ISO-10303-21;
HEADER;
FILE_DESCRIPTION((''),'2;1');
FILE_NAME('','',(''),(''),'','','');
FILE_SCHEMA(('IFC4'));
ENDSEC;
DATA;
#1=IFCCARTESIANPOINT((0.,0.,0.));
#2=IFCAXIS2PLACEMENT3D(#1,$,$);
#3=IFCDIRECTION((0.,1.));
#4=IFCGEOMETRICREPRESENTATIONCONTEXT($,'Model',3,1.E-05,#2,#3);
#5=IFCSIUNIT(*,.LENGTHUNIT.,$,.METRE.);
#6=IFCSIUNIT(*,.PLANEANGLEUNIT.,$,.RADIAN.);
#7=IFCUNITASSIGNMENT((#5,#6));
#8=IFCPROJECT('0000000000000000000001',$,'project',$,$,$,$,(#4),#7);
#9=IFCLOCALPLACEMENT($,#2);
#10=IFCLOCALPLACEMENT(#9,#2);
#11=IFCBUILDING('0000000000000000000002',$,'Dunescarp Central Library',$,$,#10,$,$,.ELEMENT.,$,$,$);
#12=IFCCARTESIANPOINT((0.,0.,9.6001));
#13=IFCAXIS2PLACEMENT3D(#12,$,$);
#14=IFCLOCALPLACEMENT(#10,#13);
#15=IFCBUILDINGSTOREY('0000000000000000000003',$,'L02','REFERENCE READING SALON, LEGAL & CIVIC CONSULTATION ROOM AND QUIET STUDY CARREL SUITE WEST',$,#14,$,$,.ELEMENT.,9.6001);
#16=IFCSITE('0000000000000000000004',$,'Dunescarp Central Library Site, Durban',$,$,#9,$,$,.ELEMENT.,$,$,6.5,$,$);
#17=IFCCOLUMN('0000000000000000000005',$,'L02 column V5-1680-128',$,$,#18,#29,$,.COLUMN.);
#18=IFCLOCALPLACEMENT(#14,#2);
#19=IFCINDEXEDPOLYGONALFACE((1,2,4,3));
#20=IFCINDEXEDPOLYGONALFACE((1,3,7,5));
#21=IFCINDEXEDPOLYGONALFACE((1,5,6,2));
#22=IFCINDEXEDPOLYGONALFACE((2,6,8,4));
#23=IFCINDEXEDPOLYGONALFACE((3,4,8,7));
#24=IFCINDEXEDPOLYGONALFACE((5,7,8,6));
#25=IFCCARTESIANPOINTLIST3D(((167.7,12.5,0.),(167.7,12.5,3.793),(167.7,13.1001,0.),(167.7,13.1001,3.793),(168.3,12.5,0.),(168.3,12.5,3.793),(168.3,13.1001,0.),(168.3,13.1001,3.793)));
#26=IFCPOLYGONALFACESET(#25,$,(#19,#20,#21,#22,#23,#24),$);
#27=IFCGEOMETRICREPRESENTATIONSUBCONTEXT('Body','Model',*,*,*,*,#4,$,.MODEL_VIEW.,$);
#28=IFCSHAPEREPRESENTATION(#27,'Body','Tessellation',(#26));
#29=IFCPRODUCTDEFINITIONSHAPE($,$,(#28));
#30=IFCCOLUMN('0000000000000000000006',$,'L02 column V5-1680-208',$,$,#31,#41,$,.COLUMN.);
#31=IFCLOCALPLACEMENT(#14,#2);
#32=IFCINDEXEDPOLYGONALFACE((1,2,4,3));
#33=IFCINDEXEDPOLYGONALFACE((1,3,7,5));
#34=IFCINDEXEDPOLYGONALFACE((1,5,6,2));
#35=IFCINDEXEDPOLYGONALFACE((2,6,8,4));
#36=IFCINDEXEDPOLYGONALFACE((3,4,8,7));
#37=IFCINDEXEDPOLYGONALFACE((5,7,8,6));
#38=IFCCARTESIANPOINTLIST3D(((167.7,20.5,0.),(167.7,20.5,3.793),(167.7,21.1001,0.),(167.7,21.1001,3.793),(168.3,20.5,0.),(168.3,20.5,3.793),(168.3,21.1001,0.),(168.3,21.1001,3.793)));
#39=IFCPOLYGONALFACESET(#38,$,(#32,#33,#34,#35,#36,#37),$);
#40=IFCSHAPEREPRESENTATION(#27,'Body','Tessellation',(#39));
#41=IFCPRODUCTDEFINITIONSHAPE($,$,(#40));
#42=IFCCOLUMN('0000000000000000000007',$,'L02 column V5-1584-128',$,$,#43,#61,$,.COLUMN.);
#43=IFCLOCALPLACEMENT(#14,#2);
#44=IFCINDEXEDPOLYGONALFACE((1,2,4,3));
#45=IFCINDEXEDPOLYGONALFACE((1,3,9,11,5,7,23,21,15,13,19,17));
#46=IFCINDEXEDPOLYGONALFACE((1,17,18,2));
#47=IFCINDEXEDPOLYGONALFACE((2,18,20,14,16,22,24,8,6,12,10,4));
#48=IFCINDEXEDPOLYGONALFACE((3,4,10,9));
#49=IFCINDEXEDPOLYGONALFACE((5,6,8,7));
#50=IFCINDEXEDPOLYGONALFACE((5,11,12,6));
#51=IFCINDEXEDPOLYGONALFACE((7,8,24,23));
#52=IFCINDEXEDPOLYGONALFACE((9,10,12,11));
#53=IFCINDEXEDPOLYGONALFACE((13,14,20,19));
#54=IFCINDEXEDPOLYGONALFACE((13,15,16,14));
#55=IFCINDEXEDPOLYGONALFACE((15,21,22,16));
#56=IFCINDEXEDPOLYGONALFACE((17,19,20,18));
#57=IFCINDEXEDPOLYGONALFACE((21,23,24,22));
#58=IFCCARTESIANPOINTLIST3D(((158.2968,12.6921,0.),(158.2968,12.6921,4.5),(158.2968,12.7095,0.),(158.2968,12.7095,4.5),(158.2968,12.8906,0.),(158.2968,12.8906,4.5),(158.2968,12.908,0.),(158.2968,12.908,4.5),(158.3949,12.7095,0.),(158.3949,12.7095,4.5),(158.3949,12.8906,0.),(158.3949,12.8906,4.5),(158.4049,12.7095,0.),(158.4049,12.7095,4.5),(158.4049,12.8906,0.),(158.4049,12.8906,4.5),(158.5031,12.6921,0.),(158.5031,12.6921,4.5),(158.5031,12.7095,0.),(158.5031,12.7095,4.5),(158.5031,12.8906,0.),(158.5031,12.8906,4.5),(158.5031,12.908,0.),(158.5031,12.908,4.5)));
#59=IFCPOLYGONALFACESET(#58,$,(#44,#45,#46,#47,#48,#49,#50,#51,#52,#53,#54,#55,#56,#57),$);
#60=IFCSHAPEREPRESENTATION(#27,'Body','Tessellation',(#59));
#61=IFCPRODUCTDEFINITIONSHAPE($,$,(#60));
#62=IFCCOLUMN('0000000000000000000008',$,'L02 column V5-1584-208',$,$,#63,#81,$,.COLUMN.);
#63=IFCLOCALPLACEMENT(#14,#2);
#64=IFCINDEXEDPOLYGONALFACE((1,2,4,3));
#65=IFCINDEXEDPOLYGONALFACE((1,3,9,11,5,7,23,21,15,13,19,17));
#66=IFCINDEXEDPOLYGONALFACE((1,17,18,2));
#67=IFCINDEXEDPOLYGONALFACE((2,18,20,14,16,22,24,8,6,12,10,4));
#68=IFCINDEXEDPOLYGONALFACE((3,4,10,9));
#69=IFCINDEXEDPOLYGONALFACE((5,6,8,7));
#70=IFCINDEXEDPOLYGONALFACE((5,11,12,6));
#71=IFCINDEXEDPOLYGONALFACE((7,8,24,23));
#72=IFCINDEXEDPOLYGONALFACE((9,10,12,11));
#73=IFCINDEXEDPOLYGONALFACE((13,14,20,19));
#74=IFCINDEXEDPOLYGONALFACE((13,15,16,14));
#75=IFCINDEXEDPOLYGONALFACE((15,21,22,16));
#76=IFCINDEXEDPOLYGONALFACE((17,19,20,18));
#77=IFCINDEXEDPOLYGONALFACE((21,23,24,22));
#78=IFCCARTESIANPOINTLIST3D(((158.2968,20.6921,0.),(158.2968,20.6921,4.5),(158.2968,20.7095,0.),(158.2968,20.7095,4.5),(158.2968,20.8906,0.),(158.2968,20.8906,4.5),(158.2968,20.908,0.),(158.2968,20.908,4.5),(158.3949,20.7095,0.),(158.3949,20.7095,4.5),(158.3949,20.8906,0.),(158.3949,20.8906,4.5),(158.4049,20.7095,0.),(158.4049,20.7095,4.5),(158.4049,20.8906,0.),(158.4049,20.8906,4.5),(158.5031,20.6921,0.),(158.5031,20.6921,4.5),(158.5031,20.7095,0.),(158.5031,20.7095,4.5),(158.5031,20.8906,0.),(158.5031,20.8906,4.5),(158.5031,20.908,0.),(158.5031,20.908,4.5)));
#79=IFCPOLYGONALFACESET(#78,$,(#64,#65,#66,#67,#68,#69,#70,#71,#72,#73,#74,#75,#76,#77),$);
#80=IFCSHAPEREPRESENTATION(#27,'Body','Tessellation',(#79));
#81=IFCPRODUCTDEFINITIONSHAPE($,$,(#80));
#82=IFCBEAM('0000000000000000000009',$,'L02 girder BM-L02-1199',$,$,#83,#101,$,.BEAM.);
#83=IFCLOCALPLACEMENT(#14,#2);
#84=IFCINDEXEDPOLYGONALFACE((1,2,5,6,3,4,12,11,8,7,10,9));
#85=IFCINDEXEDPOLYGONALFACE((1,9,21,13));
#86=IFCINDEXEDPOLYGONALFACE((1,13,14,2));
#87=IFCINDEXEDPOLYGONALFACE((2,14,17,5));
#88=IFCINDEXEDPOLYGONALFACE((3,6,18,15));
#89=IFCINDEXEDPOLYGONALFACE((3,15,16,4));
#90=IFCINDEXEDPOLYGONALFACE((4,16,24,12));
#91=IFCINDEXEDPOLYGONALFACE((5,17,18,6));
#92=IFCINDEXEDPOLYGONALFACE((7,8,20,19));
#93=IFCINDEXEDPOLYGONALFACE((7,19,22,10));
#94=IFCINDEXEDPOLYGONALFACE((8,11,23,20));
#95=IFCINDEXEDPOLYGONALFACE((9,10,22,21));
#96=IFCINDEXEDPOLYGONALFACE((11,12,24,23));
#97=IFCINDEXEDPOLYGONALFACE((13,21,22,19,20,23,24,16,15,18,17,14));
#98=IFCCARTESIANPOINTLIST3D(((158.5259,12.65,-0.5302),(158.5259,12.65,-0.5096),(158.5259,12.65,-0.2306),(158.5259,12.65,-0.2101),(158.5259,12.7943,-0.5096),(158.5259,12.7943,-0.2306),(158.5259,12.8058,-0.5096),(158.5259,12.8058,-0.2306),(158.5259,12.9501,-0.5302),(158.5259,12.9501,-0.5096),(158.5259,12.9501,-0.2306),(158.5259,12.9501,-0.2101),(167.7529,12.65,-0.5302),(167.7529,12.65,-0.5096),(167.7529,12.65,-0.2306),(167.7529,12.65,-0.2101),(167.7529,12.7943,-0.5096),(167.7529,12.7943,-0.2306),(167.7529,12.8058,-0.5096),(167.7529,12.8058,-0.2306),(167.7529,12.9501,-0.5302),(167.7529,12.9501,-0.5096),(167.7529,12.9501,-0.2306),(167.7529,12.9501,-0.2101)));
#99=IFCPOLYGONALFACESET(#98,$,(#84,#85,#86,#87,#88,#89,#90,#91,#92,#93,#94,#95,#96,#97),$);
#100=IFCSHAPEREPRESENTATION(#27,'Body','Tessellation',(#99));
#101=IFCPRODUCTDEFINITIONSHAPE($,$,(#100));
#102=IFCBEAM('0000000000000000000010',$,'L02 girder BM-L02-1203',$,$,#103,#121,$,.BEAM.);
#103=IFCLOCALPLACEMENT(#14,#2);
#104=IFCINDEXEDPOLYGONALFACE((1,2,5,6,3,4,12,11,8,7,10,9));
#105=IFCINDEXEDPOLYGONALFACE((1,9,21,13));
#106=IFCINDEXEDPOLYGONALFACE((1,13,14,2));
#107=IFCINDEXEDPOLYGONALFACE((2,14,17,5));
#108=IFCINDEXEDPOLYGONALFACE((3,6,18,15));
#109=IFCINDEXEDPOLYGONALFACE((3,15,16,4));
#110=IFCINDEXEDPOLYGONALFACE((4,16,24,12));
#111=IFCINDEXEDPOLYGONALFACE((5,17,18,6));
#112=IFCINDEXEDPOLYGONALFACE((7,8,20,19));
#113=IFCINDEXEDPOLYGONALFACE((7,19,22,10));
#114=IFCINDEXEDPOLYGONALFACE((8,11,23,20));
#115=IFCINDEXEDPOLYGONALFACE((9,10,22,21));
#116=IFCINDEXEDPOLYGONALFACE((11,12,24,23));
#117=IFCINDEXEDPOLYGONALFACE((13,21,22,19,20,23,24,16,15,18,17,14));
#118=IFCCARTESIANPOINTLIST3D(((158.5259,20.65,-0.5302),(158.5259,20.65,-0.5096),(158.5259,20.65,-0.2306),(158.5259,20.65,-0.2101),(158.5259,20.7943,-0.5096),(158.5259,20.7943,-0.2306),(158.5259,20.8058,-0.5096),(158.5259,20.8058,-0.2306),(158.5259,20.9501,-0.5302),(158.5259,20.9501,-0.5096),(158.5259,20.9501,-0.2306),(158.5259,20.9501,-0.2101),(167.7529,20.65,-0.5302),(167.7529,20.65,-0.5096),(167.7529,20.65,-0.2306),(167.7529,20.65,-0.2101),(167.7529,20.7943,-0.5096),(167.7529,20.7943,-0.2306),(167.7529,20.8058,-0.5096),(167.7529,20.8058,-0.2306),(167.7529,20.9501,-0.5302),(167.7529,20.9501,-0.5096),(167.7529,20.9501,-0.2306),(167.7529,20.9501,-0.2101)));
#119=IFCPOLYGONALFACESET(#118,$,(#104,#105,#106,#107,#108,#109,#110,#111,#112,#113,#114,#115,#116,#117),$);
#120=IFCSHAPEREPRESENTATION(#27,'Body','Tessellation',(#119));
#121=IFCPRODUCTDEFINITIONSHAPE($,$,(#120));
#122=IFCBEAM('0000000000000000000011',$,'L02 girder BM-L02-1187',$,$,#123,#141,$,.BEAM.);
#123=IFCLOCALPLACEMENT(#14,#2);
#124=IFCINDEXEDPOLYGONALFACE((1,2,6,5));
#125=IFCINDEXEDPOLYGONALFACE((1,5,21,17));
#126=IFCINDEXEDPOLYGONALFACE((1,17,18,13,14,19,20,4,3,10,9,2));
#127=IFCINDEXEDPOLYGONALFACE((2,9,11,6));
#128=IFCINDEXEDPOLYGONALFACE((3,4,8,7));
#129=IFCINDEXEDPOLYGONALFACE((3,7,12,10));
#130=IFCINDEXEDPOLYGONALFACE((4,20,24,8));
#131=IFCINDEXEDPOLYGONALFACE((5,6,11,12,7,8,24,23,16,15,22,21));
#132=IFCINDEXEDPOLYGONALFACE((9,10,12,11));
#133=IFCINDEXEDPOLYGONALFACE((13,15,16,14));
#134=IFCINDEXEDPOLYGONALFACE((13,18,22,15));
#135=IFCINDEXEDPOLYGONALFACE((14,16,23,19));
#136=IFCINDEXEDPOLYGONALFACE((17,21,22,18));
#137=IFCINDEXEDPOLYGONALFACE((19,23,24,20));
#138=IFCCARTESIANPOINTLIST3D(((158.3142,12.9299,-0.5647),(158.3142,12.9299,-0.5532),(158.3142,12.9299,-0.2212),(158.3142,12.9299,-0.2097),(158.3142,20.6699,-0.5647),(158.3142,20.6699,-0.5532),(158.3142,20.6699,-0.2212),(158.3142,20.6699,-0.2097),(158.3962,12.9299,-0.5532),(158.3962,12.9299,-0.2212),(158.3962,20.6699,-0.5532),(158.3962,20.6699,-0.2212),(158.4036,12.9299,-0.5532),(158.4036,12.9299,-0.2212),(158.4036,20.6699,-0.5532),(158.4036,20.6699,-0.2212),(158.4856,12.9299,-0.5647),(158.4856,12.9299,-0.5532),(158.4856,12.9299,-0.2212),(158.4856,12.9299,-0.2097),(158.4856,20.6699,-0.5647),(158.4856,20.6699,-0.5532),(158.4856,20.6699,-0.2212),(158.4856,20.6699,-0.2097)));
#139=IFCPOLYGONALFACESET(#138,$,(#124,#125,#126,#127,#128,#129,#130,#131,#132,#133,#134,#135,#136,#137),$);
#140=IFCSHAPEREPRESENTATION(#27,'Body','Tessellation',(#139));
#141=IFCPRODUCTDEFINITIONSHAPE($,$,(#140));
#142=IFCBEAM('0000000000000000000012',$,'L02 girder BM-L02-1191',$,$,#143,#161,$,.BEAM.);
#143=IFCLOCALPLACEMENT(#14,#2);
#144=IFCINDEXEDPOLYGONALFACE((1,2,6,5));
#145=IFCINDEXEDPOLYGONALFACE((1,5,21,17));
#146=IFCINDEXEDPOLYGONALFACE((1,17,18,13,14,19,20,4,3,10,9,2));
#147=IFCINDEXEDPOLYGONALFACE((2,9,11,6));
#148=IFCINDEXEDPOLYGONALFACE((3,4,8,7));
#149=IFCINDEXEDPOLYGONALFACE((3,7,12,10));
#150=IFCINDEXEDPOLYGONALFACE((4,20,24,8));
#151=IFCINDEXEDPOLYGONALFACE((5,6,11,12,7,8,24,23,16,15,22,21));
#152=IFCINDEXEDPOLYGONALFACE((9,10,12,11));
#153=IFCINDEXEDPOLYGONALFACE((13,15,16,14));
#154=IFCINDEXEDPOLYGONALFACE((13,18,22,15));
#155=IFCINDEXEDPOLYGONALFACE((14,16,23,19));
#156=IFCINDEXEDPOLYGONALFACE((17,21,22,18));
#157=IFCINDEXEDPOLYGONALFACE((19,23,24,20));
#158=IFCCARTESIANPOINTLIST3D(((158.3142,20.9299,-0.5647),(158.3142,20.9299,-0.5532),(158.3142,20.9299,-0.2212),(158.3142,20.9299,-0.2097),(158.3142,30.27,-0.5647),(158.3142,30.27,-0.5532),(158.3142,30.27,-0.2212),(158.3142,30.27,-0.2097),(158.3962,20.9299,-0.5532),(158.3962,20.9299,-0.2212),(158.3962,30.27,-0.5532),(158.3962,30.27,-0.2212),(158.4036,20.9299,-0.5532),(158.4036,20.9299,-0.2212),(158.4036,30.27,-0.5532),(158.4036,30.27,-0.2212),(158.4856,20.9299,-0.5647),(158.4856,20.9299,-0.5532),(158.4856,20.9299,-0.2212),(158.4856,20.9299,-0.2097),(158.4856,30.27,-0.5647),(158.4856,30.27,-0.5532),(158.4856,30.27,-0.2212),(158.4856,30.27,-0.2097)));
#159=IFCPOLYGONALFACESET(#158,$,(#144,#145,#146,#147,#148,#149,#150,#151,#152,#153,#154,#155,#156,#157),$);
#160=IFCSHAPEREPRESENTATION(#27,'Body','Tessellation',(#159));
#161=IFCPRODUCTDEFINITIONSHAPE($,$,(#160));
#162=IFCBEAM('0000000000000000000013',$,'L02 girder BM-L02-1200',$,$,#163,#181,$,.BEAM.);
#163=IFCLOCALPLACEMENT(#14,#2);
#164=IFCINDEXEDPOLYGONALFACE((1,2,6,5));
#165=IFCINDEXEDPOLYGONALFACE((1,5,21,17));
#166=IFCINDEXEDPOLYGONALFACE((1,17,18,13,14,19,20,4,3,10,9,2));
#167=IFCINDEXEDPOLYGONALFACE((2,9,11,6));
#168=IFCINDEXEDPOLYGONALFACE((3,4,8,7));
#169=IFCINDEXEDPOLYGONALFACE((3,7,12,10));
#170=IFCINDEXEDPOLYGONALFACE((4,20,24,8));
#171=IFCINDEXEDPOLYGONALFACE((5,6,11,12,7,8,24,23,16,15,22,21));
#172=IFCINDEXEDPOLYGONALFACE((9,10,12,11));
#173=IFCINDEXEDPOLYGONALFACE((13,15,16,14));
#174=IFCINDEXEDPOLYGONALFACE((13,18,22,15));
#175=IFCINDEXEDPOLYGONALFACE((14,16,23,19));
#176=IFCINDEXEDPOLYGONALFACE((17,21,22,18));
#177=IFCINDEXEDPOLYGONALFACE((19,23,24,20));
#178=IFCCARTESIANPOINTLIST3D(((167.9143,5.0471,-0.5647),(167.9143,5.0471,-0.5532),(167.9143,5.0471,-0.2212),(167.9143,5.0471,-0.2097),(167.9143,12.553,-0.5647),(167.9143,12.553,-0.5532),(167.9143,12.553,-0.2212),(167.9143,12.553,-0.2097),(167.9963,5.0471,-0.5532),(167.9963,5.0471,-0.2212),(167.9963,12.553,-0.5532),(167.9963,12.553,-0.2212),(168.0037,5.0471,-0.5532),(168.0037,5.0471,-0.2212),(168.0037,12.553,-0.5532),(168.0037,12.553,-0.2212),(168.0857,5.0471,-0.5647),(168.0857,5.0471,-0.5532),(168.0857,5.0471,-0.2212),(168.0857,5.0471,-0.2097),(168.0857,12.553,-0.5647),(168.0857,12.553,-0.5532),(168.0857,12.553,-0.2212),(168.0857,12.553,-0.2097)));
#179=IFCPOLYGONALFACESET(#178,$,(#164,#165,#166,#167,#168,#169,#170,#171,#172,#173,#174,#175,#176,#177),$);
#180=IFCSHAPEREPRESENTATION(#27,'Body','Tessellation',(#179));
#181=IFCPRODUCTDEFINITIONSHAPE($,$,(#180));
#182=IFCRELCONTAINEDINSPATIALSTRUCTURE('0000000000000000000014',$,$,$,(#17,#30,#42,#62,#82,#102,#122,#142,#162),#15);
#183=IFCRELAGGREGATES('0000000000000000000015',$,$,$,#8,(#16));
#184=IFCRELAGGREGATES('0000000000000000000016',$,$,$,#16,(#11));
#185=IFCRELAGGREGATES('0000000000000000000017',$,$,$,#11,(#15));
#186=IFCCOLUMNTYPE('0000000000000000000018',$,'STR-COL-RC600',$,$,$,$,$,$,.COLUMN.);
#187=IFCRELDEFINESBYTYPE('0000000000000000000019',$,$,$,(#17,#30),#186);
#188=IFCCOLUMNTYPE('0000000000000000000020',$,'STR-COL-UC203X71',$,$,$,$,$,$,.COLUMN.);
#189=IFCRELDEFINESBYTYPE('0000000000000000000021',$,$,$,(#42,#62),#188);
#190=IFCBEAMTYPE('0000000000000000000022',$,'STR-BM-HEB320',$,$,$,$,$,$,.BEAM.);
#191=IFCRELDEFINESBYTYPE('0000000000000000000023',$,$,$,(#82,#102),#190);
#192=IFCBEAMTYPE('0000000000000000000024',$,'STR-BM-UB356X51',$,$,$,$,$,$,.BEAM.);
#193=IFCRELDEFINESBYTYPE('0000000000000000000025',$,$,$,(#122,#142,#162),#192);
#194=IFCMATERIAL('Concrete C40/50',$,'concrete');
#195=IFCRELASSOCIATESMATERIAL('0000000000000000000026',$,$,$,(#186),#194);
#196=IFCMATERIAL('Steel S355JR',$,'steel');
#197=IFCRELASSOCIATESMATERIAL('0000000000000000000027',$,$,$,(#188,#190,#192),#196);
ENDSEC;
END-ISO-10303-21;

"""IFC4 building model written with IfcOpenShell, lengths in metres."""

from ifc_helpers import new_model, si_unit, direction, frame, origin, origin_2d, place, context, subcontext, project, spatial, rectangle, i_section, extrude, material, material_profile, profile_set, type_object, element, save


model = new_model("IFC4")

# Units and contexts
model_context = context("Model", 3, precision=1e-05, world=origin(), true_north=direction((0.0, 1.0)))
body_context = subcontext(model_context, "Body", "Model", "MODEL_VIEW")
ifc_project = project(units=[si_unit("LENGTHUNIT", "METRE"), si_unit("PLANEANGLEUNIT", "RADIAN")], contexts=[model_context])

# Site, building, storey
site_placement = place(None, origin())
site = spatial("IfcSite", under=ifc_project, at=site_placement, Name="Dunescarp Central Library Site, Durban", CompositionType="ELEMENT", RefElevation=6.5)
building_placement = place(site_placement, origin())
building = spatial("IfcBuilding", under=site, at=building_placement, Name="Dunescarp Central Library", CompositionType="ELEMENT")
storey_placement = place(building_placement, frame((0.0, 0.0, 9.6001)))
storey = spatial("IfcBuildingStorey", under=building, at=storey_placement, Name="L02", Description="REFERENCE READING SALON, LEGAL & CIVIC CONSULTATION ROOM AND QUIET STUDY CARREL SUITE WEST", CompositionType="ELEMENT", Elevation=9.6001)

# Columns
ifc_material_1 = material(Name="Concrete C40/50", Category="concrete")
ifc_material_profile_1 = material_profile(ifc_material_1, rectangle(XDim=0.6001, YDim=0.6001, at=origin_2d()), Name="RC 600x600")
ifc_profile_set_1 = profile_set([ifc_material_profile_1], Name="Concrete C40/50")
column_type_1 = type_object("IfcColumnType", Name="STR-COL-RC600", PredefinedType="COLUMN", material=ifc_profile_set_1)
for number, where, z_axis, x_axis, name in (
    (1, (168.0, 12.8, 0.0), (0.0, 0.0, 1.0), (1.0, 0.0, 0.0), "L02 column V5-1680-128"),
    (2, (168.0, 20.8, 0.0), (0.0, 0.0, 1.0), (1.0, 0.0, 0.0), "L02 column V5-1680-208"),
):
    element("IfcColumn", number, at=place(storey_placement, frame(where, z_axis=z_axis, x_axis=x_axis)), inside=storey, type_object=column_type_1, Name=name, PredefinedType="COLUMN", context=body_context, shape_type="SweptSolid", body=[
        extrude(rectangle(XDim=0.6001, YDim=0.6001, at=origin_2d()), origin(), (0.0, 0.0, 1.0), 3.793),
    ])
ifc_material_2 = material(Name="Steel S355JR", Category="steel")
ifc_material_profile_2 = material_profile(ifc_material_2, i_section(OverallWidth=0.2063, OverallDepth=0.2158, WebThickness=0.01, FlangeThickness=0.0173, at=origin_2d()), Name="UC 203x203x71")
ifc_profile_set_2 = profile_set([ifc_material_profile_2], Name="Steel S355JR")
column_type_2 = type_object("IfcColumnType", Name="STR-COL-UC203X71", PredefinedType="COLUMN", material=ifc_profile_set_2)
for number, where, z_axis, x_axis, name in (
    (3, (158.3999, 12.8, 0.0), (0.0, 0.0, 1.0), (1.0, 0.0, 0.0), "L02 column V5-1584-128"),
    (4, (158.3999, 20.8, 0.0), (0.0, 0.0, 1.0), (1.0, 0.0, 0.0), "L02 column V5-1584-208"),
):
    element("IfcColumn", number, at=place(storey_placement, frame(where, z_axis=z_axis, x_axis=x_axis)), inside=storey, type_object=column_type_2, Name=name, PredefinedType="COLUMN", context=body_context, shape_type="SweptSolid", body=[
        extrude(i_section(OverallWidth=0.2063, OverallDepth=0.2158, WebThickness=0.01, FlangeThickness=0.0173, at=origin_2d()), origin(), (0.0, 0.0, 1.0), 4.5),
    ])

# Beams
ifc_material_profile_3 = material_profile(ifc_material_2, i_section(OverallWidth=0.3, OverallDepth=0.3201, WebThickness=0.0115, FlangeThickness=0.0205, at=origin_2d()), Name="HEB 320")
ifc_profile_set_3 = profile_set([ifc_material_profile_3], Name="Steel S355JR")
beam_type_1 = type_object("IfcBeamType", Name="STR-BM-HEB320", PredefinedType="BEAM", material=ifc_profile_set_3)
for number, where, z_axis, x_axis, name in (
    (5, (158.5259, 12.8, -0.3701), (1.0, 0.0, 0.0), (0.0, 1.0, 0.0), "L02 girder BM-L02-1199"),
    (6, (158.5259, 20.8, -0.3701), (1.0, 0.0, 0.0), (0.0, 1.0, 0.0), "L02 girder BM-L02-1203"),
):
    element("IfcBeam", number, at=place(storey_placement, frame(where, z_axis=z_axis, x_axis=x_axis)), inside=storey, type_object=beam_type_1, Name=name, PredefinedType="BEAM", context=body_context, shape_type="SweptSolid", body=[
        extrude(i_section(OverallWidth=0.3, OverallDepth=0.3201, WebThickness=0.0115, FlangeThickness=0.0205, at=origin_2d()), origin(), (0.0, 0.0, 1.0), 9.2271),
    ])
ifc_material_profile_4 = material_profile(ifc_material_2, i_section(OverallWidth=0.1714, OverallDepth=0.355, WebThickness=0.0073, FlangeThickness=0.0115, at=origin_2d()), Name="UB 356x171x51")
ifc_profile_set_4 = profile_set([ifc_material_profile_4], Name="Steel S355JR")
beam_type_2 = type_object("IfcBeamType", Name="STR-BM-UB356X51", PredefinedType="BEAM", material=ifc_profile_set_4)
beam_1_placement = place(storey_placement, frame((158.3999, 12.9299, -0.3872), z_axis=(0.0, 1.0, 0.0), x_axis=(-1.0, 0.0, 0.0)))
element("IfcBeam", 7, at=beam_1_placement, inside=storey, type_object=beam_type_2, Name="L02 girder BM-L02-1187", PredefinedType="BEAM", context=body_context, shape_type="SweptSolid", body=[
    extrude(i_section(OverallWidth=0.1714, OverallDepth=0.355, WebThickness=0.0073, FlangeThickness=0.0115, at=origin_2d()), origin(), (0.0, 0.0, 1.0), 7.74),
])
beam_2_placement = place(storey_placement, frame((158.3999, 20.9299, -0.3872), z_axis=(0.0, 1.0, 0.0), x_axis=(-1.0, 0.0, 0.0)))
element("IfcBeam", 8, at=beam_2_placement, inside=storey, type_object=beam_type_2, Name="L02 girder BM-L02-1191", PredefinedType="BEAM", context=body_context, shape_type="SweptSolid", body=[
    extrude(i_section(OverallWidth=0.1714, OverallDepth=0.355, WebThickness=0.0073, FlangeThickness=0.0115, at=origin_2d()), origin(), (0.0, 0.0, 1.0), 9.3401),
])
for number, where, z_axis, x_axis, name in (
    (9, (168.0, 5.0471, -0.3872), (0.0, 1.0, 0.0), (-1.0, 0.0, 0.0), "L02 girder BM-L02-1200"),
):
    element("IfcBeam", number, at=place(storey_placement, frame(where, z_axis=z_axis, x_axis=x_axis)), inside=storey, type_object=beam_type_2, Name=name, PredefinedType="BEAM", context=body_context, shape_type="SweptSolid", body=[
        extrude(i_section(OverallWidth=0.1714, OverallDepth=0.355, WebThickness=0.0073, FlangeThickness=0.0115, at=origin_2d()), origin(), (0.0, 0.0, 1.0), 7.5059),
    ])

save(model, "model.ifc")
